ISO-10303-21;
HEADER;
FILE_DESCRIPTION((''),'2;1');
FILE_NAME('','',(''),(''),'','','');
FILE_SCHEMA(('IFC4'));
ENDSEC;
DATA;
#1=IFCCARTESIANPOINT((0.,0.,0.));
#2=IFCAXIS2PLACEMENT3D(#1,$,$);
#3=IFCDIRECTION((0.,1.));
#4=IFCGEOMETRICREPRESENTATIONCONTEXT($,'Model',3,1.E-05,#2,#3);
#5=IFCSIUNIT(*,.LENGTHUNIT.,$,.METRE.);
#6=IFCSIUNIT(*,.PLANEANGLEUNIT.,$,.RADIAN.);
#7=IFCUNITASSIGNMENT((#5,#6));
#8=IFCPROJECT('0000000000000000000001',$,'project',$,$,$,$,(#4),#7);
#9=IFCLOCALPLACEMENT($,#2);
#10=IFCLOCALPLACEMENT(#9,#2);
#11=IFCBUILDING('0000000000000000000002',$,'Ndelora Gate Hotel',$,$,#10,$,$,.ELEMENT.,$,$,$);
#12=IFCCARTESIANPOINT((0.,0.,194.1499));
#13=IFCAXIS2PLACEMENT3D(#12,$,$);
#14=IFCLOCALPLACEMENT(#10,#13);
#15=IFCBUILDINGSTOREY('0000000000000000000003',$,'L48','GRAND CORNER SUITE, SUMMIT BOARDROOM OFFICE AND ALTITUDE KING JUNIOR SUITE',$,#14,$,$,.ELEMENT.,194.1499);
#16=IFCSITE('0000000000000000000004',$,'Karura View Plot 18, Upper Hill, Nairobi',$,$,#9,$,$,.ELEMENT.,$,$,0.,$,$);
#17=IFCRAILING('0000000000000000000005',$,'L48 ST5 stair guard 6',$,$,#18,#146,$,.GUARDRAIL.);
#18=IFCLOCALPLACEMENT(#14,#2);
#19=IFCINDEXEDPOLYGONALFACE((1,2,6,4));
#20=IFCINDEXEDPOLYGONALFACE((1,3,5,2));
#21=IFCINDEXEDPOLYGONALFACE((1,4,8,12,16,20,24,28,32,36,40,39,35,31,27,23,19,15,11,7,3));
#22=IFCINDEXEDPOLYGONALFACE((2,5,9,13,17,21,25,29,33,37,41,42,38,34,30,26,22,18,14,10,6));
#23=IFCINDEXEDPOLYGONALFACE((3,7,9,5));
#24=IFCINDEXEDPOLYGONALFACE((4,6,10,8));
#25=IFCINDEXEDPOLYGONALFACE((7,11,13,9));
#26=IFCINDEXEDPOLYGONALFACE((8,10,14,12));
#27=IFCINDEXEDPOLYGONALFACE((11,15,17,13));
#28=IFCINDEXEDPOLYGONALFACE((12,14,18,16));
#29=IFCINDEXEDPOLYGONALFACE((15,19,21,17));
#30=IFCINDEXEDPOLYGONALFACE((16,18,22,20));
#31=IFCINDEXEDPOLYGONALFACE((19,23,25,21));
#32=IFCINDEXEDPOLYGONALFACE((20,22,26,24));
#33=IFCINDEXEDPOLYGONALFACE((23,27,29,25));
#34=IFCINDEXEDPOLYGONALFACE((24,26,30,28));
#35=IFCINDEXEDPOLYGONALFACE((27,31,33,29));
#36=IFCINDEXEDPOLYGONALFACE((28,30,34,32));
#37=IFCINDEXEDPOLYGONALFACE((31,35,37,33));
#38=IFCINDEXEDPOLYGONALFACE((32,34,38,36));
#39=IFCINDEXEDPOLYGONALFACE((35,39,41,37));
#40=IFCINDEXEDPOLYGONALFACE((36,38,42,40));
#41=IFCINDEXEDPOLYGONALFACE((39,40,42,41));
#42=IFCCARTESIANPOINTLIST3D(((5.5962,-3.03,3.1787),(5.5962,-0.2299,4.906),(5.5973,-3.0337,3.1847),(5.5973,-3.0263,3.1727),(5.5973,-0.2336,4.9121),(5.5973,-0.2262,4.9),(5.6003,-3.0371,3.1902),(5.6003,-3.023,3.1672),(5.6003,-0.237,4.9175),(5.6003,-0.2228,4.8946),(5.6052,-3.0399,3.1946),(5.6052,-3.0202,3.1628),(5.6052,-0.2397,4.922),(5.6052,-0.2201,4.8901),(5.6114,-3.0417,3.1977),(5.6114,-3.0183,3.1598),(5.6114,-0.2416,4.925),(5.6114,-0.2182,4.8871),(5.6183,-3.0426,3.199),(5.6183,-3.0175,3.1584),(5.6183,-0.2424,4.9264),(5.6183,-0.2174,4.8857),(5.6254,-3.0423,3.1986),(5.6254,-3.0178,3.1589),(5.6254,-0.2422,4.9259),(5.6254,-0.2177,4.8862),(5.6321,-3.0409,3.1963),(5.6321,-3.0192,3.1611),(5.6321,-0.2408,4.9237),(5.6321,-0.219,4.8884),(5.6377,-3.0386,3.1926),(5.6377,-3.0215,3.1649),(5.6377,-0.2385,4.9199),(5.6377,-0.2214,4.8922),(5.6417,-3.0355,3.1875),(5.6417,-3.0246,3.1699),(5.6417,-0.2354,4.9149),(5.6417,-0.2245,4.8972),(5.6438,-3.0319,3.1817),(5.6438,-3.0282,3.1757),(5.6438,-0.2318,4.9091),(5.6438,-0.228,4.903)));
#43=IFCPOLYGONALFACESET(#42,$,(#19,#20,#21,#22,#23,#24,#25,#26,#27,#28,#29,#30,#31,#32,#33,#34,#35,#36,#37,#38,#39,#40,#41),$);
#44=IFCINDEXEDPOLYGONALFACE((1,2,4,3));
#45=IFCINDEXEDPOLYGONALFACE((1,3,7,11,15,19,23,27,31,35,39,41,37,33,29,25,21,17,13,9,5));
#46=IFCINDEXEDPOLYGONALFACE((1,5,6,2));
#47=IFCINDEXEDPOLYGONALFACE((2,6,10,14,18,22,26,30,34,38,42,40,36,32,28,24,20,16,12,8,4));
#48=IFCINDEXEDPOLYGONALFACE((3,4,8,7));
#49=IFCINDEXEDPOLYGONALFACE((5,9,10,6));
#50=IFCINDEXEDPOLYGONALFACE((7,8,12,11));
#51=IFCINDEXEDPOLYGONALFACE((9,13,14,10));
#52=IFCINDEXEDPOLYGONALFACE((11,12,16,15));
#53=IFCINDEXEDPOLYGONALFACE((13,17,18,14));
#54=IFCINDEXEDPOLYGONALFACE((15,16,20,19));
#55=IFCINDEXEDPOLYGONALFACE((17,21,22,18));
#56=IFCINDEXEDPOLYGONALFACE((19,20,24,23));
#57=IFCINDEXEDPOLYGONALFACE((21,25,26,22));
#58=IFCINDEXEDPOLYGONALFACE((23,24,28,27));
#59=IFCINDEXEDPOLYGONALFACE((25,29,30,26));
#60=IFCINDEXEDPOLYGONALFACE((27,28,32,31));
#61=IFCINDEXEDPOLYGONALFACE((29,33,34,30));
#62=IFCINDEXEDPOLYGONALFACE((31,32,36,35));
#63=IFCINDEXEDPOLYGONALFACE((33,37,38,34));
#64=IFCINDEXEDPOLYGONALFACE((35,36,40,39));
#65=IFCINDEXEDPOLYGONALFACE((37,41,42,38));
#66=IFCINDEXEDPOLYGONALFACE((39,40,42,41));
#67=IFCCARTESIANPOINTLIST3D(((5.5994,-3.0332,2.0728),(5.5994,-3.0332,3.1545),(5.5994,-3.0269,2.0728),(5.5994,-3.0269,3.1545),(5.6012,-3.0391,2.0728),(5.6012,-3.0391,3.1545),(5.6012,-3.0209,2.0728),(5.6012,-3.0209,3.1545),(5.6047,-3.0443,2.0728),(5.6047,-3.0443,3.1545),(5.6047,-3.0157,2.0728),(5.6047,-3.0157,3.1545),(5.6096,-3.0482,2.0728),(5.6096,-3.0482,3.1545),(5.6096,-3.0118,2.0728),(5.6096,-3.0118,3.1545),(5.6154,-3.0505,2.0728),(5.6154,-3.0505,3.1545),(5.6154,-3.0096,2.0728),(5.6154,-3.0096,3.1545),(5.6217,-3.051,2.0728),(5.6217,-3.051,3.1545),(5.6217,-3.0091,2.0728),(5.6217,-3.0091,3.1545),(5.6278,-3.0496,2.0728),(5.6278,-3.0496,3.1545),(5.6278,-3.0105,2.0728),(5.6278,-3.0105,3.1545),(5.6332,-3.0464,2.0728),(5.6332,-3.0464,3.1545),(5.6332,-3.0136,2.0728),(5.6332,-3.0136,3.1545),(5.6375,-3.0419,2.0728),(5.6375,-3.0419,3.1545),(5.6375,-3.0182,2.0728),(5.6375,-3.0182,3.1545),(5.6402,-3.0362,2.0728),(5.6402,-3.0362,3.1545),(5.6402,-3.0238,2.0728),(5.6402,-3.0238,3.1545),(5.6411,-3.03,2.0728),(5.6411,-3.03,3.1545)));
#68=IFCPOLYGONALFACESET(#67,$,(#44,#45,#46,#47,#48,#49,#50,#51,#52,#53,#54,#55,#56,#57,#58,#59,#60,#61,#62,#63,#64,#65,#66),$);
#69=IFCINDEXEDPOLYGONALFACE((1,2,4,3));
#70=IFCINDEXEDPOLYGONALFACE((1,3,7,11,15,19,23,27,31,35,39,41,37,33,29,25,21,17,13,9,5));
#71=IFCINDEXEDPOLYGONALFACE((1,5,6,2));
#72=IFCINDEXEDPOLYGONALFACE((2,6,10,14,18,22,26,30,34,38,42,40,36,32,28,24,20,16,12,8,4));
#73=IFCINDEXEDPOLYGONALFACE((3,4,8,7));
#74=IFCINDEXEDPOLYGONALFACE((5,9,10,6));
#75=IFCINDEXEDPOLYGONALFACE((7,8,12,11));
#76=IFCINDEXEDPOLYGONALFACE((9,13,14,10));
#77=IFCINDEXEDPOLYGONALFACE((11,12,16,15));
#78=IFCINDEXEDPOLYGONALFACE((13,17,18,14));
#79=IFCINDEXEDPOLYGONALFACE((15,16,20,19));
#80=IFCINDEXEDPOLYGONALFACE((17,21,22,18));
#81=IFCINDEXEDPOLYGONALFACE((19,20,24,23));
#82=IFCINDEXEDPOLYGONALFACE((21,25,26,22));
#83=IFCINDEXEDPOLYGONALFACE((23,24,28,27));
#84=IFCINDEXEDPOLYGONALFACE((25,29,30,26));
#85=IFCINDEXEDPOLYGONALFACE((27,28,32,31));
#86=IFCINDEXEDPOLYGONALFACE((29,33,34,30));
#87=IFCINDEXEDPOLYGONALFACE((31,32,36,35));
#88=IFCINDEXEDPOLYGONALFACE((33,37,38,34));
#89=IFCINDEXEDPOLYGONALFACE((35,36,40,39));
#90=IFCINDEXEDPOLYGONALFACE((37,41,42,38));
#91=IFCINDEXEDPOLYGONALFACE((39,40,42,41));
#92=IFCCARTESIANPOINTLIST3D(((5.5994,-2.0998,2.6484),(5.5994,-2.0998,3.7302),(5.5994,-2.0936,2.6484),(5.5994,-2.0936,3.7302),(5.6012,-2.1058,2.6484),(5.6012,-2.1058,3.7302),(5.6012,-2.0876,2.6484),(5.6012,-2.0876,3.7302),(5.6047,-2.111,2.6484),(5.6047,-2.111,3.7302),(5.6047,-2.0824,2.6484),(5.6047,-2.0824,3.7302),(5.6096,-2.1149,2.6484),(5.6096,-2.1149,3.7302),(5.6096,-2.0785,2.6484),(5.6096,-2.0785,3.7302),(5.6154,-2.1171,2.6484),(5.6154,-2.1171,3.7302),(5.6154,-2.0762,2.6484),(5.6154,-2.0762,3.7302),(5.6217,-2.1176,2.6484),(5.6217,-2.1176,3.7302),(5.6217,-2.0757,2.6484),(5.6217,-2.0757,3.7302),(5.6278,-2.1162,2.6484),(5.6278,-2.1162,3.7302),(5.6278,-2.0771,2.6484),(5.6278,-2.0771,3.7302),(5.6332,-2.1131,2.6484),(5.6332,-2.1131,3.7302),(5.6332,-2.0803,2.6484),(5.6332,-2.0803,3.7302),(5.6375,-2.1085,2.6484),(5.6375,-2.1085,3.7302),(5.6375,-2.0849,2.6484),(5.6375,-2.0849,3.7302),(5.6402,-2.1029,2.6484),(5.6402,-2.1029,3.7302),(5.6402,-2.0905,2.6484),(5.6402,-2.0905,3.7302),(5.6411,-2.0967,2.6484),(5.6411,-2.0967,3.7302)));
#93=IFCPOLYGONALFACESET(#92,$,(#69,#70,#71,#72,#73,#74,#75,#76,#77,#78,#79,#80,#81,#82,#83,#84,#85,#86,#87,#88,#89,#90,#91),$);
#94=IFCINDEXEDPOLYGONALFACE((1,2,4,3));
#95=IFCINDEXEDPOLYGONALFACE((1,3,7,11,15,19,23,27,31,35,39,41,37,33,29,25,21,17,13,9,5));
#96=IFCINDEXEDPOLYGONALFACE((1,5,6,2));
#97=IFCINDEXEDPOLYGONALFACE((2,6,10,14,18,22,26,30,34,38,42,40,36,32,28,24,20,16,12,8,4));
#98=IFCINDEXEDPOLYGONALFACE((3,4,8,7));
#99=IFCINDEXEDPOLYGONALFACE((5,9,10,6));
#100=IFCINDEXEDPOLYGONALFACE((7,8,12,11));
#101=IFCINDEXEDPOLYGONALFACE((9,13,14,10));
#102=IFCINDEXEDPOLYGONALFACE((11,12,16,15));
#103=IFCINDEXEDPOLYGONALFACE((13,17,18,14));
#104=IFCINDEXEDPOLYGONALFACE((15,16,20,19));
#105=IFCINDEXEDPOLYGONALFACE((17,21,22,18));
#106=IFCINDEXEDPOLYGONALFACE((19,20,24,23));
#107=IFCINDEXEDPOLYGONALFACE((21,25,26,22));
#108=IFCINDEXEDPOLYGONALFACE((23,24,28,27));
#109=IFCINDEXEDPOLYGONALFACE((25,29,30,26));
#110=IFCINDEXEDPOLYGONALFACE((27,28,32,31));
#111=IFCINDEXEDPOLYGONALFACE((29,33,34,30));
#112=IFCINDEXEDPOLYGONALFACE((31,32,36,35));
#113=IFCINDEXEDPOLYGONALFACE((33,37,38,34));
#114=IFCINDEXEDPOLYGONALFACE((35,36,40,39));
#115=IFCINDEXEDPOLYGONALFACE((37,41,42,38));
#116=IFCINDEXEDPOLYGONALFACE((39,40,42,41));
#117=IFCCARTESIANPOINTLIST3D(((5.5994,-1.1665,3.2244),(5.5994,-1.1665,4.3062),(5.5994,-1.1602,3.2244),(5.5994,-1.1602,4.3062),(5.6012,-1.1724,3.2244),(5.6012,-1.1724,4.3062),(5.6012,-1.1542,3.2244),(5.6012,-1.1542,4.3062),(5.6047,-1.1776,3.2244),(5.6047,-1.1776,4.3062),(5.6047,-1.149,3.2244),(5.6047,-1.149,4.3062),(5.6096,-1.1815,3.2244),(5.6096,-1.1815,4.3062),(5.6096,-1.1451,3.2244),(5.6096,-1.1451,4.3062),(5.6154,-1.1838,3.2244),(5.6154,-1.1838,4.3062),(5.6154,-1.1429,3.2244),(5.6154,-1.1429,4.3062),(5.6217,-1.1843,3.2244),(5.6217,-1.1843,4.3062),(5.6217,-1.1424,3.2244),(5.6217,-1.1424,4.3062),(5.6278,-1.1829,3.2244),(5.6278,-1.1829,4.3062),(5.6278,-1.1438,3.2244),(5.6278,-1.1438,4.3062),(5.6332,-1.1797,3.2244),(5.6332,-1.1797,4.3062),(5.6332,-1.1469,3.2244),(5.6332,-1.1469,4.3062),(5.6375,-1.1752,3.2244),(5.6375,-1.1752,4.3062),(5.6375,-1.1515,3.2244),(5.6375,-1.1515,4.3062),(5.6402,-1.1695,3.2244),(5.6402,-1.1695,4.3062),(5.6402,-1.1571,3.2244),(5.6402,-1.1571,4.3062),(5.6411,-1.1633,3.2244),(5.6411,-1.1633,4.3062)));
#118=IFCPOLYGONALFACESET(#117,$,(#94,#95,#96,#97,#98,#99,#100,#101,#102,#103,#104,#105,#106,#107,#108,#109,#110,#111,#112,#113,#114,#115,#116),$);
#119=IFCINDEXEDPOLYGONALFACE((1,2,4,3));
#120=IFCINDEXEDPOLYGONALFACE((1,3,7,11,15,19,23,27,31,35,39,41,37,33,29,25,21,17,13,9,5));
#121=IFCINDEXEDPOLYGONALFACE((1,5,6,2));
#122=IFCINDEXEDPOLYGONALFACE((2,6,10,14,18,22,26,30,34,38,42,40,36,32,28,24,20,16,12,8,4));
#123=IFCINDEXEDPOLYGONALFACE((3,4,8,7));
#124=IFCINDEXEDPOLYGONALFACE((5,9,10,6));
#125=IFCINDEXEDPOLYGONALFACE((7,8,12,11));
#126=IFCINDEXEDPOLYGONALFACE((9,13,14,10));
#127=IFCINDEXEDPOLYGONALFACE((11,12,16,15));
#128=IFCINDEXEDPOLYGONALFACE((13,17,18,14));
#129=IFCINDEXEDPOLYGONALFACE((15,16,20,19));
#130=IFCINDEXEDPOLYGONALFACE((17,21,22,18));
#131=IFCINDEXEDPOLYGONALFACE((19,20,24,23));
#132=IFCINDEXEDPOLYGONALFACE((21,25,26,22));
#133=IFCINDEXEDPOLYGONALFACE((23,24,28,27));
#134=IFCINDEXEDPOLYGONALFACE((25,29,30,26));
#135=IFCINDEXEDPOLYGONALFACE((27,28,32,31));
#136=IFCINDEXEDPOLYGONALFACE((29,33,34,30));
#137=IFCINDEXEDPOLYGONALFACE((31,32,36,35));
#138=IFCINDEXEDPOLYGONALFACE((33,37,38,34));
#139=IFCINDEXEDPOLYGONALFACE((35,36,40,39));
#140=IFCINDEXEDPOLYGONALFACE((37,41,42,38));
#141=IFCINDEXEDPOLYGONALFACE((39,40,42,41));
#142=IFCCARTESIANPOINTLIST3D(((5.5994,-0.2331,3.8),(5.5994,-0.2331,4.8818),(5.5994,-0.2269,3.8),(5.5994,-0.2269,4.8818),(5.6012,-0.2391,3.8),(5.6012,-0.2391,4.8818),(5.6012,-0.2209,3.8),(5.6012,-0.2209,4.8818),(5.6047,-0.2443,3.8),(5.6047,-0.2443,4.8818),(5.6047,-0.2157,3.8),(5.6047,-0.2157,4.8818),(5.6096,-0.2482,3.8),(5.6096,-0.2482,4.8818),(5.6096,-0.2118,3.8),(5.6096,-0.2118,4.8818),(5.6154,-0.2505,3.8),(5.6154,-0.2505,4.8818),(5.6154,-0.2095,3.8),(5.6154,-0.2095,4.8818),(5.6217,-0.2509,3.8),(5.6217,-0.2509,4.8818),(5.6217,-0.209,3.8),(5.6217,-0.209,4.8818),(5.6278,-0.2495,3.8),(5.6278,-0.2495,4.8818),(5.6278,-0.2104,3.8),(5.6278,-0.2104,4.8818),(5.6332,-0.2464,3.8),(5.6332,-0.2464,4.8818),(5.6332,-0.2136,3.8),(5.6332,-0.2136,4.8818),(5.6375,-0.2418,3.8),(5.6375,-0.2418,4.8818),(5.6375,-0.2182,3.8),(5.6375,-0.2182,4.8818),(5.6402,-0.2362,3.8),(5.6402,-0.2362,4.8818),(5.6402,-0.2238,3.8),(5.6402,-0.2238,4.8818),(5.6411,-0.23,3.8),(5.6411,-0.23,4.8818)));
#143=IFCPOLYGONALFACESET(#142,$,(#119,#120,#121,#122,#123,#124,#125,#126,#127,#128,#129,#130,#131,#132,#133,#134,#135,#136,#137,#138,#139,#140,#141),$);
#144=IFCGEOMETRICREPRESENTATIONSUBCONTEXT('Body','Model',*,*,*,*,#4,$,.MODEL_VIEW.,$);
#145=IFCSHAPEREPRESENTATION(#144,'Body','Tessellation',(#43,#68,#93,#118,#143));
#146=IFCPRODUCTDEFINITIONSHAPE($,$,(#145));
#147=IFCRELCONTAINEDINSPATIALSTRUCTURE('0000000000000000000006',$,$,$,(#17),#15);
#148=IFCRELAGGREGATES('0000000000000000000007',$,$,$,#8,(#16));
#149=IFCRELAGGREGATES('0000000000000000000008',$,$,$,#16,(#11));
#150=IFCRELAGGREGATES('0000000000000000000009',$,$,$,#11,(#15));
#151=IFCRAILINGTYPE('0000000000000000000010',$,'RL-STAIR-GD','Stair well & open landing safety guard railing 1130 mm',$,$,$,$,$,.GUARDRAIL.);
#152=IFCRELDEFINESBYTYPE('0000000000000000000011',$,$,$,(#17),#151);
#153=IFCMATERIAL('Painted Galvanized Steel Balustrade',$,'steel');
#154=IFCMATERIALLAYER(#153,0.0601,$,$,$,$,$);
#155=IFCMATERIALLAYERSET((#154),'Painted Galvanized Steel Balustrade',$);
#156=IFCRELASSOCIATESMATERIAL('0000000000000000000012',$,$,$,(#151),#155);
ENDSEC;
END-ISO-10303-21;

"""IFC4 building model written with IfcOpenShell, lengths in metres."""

from ifc_helpers import new_model, si_unit, direction, frame, origin, origin_2d, place, context, subcontext, project, spatial, circle, extrude, material, layer, layer_set, type_object, element, save


model = new_model("IFC4")

# Units and contexts
model_context = context("Model", 3, precision=1e-05, world=origin(), true_north=direction((0.0, 1.0)))
body_context = subcontext(model_context, "Body", "Model", "MODEL_VIEW")
ifc_project = project(units=[si_unit("LENGTHUNIT", "METRE"), si_unit("PLANEANGLEUNIT", "RADIAN")], contexts=[model_context])

# Site, building, storey
site_placement = place(None, origin())
site = spatial("IfcSite", under=ifc_project, at=site_placement, Name="Karura View Plot 18, Upper Hill, Nairobi", CompositionType="ELEMENT", RefElevation=0.0)
building_placement = place(site_placement, origin())
building = spatial("IfcBuilding", under=site, at=building_placement, Name="Ndelora Gate Hotel", CompositionType="ELEMENT")
storey_placement = place(building_placement, frame((0.0, 0.0, 194.1499)))
storey = spatial("IfcBuildingStorey", under=building, at=storey_placement, Name="L48", Description="GRAND CORNER SUITE, SUMMIT BOARDROOM OFFICE AND ALTITUDE KING JUNIOR SUITE", CompositionType="ELEMENT", Elevation=194.1499)

# Railing
ifc_material_1 = material(Name="Painted Galvanized Steel Balustrade", Category="steel")
ifc_layer_1 = layer(ifc_material_1, 0.0601)
ifc_layer_set_1 = layer_set([ifc_layer_1], Name="Painted Galvanized Steel Balustrade")
railing_type_1 = type_object("IfcRailingType", Name="RL-STAIR-GD", Description="Stair well & open landing safety guard railing 1130 mm", PredefinedType="GUARDRAIL", material=ifc_layer_set_1)
railing_1_placement = place(storey_placement, frame((5.6201, -3.03, 2.0728)))
element("IfcRailing", 1, at=railing_1_placement, inside=storey, type_object=railing_type_1, Name="L48 ST5 stair guard 6", PredefinedType="GUARDRAIL", context=body_context, shape_type="SweptSolid", body=[
    extrude(circle(Radius=0.0239, at=origin_2d()), frame((0.0, 0.0, 1.106), z_axis=(0.0, 0.85109, 0.52502), x_axis=(-1.0, 0.0, 0.0)), (0.0, 0.0, 1.0), 3.29),
    extrude(circle(Radius=0.021, at=origin_2d()), origin(), (0.0, 0.0, 1.0), 1.0818),
    extrude(circle(Radius=0.021, at=origin_2d()), frame((0.0, 0.9333, 0.5757)), (0.0, 0.0, 1.0), 1.0818),
    extrude(circle(Radius=0.021, at=origin_2d()), frame((0.0, 1.8667, 1.1516)), (0.0, 0.0, 1.0), 1.0818),
    extrude(circle(Radius=0.021, at=origin_2d()), frame((0.0, 2.8, 1.7273)), (0.0, 0.0, 1.0), 1.0818),
])

save(model, "model.ifc")
